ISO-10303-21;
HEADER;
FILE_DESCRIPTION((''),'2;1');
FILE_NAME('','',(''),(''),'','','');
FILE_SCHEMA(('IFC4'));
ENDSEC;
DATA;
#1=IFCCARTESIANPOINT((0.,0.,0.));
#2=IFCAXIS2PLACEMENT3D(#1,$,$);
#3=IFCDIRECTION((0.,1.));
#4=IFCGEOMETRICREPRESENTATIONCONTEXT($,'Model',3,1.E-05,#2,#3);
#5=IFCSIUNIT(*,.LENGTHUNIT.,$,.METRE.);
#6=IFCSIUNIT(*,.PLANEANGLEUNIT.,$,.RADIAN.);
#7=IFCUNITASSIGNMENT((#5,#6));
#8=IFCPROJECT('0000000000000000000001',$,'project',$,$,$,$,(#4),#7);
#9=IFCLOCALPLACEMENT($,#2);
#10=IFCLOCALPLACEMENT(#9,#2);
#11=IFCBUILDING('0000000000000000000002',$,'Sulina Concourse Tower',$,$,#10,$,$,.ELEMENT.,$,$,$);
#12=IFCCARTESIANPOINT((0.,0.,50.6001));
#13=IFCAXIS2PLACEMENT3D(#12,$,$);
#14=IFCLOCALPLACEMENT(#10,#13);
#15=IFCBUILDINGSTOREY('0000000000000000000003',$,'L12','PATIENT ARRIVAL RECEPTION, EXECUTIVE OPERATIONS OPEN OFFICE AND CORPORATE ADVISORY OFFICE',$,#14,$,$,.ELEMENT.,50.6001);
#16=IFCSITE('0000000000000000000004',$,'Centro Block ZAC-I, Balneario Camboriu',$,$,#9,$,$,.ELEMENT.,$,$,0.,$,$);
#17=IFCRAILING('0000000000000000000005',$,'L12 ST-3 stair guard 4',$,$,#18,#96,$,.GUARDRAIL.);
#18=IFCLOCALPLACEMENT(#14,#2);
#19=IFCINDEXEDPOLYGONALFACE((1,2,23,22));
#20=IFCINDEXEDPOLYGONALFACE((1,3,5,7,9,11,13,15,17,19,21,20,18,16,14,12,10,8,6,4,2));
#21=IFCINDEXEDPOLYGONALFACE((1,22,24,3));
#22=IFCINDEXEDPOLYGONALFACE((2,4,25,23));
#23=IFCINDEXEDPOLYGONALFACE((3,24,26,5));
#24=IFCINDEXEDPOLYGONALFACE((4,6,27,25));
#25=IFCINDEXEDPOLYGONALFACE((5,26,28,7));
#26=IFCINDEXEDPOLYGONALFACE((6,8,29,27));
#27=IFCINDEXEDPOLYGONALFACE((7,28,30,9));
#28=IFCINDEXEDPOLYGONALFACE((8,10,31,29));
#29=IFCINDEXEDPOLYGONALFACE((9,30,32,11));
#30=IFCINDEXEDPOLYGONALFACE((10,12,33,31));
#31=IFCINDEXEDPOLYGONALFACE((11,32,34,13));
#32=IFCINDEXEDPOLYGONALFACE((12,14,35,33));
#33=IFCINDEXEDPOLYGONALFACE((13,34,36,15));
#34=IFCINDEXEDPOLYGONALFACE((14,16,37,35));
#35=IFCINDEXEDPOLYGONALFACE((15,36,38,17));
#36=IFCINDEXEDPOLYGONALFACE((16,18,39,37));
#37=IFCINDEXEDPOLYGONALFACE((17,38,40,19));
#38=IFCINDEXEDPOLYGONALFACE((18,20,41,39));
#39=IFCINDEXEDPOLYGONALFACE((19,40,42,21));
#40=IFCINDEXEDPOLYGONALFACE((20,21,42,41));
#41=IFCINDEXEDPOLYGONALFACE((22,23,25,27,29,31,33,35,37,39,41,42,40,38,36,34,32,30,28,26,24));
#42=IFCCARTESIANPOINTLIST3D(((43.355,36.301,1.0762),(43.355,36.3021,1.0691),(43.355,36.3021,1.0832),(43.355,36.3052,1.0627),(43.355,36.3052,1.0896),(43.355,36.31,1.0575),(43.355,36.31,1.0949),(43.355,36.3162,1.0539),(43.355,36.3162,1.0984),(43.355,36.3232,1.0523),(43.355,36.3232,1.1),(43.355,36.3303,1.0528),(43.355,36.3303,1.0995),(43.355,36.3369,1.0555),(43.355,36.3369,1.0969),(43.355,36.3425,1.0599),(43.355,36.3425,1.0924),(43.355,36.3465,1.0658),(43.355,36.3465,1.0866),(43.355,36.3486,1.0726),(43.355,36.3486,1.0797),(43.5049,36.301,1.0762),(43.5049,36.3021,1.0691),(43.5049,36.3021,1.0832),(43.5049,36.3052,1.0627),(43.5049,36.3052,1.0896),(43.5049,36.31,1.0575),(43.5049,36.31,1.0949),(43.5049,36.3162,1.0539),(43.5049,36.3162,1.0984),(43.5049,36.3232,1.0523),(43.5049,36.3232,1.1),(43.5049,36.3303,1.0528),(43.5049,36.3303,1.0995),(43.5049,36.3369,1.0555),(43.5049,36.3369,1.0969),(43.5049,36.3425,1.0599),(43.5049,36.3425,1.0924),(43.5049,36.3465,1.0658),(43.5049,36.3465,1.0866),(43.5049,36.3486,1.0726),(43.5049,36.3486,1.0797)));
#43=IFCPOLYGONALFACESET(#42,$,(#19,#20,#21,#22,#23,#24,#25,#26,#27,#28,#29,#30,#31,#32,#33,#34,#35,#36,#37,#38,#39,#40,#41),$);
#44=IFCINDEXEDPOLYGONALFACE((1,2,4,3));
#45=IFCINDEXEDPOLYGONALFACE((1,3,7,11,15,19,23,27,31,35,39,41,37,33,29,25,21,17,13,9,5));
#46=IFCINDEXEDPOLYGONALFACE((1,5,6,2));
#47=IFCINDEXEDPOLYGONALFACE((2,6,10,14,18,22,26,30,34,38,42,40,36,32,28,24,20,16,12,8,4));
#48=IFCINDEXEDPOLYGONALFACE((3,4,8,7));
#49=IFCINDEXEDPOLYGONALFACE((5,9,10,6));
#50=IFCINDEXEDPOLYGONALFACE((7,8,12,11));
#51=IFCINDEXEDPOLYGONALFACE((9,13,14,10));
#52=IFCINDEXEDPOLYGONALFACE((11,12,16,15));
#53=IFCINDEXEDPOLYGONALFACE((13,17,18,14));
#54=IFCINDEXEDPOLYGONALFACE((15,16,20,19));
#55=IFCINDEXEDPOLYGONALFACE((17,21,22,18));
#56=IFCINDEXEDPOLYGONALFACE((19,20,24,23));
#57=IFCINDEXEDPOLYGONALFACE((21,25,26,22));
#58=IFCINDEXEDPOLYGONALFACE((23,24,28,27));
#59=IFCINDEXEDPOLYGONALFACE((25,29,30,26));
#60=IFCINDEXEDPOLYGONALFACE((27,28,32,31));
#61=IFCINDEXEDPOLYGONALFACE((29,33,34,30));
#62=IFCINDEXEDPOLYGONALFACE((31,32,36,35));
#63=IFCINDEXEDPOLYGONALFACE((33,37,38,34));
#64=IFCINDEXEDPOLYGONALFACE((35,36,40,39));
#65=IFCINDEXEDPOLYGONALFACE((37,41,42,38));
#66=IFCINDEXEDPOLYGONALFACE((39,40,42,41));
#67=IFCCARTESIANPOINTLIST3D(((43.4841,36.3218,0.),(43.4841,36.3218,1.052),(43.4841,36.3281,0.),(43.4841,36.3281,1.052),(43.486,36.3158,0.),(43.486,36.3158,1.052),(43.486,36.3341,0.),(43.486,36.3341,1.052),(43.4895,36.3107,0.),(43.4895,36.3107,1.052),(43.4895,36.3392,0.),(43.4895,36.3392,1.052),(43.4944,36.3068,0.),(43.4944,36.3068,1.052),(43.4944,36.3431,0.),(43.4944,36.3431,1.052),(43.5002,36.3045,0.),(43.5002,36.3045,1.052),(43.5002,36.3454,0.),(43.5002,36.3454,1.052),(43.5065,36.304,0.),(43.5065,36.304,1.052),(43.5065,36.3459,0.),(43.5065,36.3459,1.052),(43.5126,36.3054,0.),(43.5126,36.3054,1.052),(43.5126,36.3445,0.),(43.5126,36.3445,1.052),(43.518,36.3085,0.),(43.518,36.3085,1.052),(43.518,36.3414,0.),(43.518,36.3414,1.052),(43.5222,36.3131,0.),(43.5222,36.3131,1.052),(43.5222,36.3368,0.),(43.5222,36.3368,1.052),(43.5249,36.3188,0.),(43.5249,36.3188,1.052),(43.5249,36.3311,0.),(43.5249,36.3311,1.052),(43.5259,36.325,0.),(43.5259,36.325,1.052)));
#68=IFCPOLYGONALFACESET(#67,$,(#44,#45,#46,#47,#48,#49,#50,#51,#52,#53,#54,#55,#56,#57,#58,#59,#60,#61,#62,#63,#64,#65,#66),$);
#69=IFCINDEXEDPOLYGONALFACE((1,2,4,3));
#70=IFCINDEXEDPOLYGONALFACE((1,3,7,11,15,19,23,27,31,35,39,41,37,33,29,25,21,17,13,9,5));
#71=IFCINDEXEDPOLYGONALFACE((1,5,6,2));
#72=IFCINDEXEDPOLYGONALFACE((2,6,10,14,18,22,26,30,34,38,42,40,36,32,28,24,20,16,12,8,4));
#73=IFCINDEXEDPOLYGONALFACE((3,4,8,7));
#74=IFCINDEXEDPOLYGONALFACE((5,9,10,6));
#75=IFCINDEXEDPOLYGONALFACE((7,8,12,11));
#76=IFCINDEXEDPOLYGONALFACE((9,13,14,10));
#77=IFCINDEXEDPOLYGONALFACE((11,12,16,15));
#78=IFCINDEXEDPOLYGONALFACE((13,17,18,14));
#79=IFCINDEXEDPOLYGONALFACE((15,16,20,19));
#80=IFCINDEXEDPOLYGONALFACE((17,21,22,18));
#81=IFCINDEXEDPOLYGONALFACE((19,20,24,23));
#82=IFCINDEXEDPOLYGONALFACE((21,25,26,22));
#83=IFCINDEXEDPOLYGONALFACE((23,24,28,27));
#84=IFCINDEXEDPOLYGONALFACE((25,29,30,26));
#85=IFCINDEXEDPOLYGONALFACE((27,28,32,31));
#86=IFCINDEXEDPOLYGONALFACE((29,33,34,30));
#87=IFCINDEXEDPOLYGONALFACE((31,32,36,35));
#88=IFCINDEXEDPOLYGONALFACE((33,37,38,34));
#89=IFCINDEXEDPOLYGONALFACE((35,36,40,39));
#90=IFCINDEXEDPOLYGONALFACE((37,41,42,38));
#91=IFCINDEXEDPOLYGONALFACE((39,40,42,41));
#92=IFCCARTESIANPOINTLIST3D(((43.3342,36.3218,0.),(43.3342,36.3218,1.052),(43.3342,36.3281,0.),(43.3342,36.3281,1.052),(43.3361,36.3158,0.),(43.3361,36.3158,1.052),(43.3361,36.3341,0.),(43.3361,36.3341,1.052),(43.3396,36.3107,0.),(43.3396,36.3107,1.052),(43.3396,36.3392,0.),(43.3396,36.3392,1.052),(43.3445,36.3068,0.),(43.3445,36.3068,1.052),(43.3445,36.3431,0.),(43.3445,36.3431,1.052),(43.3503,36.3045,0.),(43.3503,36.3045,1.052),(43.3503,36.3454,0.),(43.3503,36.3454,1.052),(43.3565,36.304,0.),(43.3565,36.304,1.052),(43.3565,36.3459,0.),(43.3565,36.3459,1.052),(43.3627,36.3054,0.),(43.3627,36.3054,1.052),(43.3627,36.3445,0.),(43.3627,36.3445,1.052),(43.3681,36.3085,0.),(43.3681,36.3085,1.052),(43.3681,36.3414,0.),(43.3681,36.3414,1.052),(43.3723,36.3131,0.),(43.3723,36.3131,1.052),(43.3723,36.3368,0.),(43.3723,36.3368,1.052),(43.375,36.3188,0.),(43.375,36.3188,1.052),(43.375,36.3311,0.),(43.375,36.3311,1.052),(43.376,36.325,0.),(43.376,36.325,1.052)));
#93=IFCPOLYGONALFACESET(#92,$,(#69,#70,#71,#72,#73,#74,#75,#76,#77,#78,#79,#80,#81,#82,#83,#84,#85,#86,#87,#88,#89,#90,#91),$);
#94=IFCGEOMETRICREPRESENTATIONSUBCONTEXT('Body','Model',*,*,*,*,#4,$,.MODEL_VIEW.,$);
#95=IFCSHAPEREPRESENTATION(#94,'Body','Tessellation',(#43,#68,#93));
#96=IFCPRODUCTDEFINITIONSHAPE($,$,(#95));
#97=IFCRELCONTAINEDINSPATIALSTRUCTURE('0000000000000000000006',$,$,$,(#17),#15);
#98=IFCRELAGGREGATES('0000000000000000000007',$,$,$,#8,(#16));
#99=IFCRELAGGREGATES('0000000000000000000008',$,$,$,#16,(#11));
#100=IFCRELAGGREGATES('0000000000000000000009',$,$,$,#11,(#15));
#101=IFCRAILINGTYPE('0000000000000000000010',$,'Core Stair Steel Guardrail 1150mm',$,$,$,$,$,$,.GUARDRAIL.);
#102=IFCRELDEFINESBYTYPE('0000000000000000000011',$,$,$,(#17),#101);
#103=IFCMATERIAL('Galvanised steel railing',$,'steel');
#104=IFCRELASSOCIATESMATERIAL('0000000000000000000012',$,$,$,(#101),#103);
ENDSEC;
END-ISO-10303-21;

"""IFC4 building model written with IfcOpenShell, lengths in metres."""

from ifc_helpers import new_model, si_unit, direction, frame, origin, origin_2d, place, context, subcontext, project, spatial, circle, extrude, material, type_object, element, save


model = new_model("IFC4")

# Units and contexts
model_context = context("Model", 3, precision=1e-05, world=origin(), true_north=direction((0.0, 1.0)))
body_context = subcontext(model_context, "Body", "Model", "MODEL_VIEW")
ifc_project = project(units=[si_unit("LENGTHUNIT", "METRE"), si_unit("PLANEANGLEUNIT", "RADIAN")], contexts=[model_context])

# Site, building, storey
site_placement = place(None, origin())
site = spatial("IfcSite", under=ifc_project, at=site_placement, Name="Centro Block ZAC-I, Balneario Camboriu", CompositionType="ELEMENT", RefElevation=0.0)
building_placement = place(site_placement, origin())
building = spatial("IfcBuilding", under=site, at=building_placement, Name="Sulina Concourse Tower", CompositionType="ELEMENT")
storey_placement = place(building_placement, frame((0.0, 0.0, 50.6001)))
storey = spatial("IfcBuildingStorey", under=building, at=storey_placement, Name="L12", Description="PATIENT ARRIVAL RECEPTION, EXECUTIVE OPERATIONS OPEN OFFICE AND CORPORATE ADVISORY OFFICE", CompositionType="ELEMENT", Elevation=50.6001)

# Railing
ifc_material_1 = material(Name="Galvanised steel railing", Category="steel")
railing_type = type_object("IfcRailingType", Name="Core Stair Steel Guardrail 1150mm", PredefinedType="GUARDRAIL", material=ifc_material_1)
railing_1_placement = place(storey_placement, frame((43.5049, 36.325, 0.0)))
element("IfcRailing", 1, at=railing_1_placement, inside=storey, type_object=railing_type, Name="L12 ST-3 stair guard 4", PredefinedType="GUARDRAIL", context=body_context, shape_type="SweptSolid", body=[
    extrude(circle(Radius=0.0239, at=origin_2d()), frame((0.0, 0.0, 1.0762), z_axis=(-1.0, 0.0, 0.0), x_axis=(0.0, -1.0, 0.0)), (0.0, 0.0, 1.0), 0.1499),
    extrude(circle(Radius=0.021, at=origin_2d()), origin(), (0.0, 0.0, 1.0), 1.052),
    extrude(circle(Radius=0.021, at=origin_2d()), frame((-0.1499, 0.0, 0.0)), (0.0, 0.0, 1.0), 1.052),
])

save(model, "model.ifc")
